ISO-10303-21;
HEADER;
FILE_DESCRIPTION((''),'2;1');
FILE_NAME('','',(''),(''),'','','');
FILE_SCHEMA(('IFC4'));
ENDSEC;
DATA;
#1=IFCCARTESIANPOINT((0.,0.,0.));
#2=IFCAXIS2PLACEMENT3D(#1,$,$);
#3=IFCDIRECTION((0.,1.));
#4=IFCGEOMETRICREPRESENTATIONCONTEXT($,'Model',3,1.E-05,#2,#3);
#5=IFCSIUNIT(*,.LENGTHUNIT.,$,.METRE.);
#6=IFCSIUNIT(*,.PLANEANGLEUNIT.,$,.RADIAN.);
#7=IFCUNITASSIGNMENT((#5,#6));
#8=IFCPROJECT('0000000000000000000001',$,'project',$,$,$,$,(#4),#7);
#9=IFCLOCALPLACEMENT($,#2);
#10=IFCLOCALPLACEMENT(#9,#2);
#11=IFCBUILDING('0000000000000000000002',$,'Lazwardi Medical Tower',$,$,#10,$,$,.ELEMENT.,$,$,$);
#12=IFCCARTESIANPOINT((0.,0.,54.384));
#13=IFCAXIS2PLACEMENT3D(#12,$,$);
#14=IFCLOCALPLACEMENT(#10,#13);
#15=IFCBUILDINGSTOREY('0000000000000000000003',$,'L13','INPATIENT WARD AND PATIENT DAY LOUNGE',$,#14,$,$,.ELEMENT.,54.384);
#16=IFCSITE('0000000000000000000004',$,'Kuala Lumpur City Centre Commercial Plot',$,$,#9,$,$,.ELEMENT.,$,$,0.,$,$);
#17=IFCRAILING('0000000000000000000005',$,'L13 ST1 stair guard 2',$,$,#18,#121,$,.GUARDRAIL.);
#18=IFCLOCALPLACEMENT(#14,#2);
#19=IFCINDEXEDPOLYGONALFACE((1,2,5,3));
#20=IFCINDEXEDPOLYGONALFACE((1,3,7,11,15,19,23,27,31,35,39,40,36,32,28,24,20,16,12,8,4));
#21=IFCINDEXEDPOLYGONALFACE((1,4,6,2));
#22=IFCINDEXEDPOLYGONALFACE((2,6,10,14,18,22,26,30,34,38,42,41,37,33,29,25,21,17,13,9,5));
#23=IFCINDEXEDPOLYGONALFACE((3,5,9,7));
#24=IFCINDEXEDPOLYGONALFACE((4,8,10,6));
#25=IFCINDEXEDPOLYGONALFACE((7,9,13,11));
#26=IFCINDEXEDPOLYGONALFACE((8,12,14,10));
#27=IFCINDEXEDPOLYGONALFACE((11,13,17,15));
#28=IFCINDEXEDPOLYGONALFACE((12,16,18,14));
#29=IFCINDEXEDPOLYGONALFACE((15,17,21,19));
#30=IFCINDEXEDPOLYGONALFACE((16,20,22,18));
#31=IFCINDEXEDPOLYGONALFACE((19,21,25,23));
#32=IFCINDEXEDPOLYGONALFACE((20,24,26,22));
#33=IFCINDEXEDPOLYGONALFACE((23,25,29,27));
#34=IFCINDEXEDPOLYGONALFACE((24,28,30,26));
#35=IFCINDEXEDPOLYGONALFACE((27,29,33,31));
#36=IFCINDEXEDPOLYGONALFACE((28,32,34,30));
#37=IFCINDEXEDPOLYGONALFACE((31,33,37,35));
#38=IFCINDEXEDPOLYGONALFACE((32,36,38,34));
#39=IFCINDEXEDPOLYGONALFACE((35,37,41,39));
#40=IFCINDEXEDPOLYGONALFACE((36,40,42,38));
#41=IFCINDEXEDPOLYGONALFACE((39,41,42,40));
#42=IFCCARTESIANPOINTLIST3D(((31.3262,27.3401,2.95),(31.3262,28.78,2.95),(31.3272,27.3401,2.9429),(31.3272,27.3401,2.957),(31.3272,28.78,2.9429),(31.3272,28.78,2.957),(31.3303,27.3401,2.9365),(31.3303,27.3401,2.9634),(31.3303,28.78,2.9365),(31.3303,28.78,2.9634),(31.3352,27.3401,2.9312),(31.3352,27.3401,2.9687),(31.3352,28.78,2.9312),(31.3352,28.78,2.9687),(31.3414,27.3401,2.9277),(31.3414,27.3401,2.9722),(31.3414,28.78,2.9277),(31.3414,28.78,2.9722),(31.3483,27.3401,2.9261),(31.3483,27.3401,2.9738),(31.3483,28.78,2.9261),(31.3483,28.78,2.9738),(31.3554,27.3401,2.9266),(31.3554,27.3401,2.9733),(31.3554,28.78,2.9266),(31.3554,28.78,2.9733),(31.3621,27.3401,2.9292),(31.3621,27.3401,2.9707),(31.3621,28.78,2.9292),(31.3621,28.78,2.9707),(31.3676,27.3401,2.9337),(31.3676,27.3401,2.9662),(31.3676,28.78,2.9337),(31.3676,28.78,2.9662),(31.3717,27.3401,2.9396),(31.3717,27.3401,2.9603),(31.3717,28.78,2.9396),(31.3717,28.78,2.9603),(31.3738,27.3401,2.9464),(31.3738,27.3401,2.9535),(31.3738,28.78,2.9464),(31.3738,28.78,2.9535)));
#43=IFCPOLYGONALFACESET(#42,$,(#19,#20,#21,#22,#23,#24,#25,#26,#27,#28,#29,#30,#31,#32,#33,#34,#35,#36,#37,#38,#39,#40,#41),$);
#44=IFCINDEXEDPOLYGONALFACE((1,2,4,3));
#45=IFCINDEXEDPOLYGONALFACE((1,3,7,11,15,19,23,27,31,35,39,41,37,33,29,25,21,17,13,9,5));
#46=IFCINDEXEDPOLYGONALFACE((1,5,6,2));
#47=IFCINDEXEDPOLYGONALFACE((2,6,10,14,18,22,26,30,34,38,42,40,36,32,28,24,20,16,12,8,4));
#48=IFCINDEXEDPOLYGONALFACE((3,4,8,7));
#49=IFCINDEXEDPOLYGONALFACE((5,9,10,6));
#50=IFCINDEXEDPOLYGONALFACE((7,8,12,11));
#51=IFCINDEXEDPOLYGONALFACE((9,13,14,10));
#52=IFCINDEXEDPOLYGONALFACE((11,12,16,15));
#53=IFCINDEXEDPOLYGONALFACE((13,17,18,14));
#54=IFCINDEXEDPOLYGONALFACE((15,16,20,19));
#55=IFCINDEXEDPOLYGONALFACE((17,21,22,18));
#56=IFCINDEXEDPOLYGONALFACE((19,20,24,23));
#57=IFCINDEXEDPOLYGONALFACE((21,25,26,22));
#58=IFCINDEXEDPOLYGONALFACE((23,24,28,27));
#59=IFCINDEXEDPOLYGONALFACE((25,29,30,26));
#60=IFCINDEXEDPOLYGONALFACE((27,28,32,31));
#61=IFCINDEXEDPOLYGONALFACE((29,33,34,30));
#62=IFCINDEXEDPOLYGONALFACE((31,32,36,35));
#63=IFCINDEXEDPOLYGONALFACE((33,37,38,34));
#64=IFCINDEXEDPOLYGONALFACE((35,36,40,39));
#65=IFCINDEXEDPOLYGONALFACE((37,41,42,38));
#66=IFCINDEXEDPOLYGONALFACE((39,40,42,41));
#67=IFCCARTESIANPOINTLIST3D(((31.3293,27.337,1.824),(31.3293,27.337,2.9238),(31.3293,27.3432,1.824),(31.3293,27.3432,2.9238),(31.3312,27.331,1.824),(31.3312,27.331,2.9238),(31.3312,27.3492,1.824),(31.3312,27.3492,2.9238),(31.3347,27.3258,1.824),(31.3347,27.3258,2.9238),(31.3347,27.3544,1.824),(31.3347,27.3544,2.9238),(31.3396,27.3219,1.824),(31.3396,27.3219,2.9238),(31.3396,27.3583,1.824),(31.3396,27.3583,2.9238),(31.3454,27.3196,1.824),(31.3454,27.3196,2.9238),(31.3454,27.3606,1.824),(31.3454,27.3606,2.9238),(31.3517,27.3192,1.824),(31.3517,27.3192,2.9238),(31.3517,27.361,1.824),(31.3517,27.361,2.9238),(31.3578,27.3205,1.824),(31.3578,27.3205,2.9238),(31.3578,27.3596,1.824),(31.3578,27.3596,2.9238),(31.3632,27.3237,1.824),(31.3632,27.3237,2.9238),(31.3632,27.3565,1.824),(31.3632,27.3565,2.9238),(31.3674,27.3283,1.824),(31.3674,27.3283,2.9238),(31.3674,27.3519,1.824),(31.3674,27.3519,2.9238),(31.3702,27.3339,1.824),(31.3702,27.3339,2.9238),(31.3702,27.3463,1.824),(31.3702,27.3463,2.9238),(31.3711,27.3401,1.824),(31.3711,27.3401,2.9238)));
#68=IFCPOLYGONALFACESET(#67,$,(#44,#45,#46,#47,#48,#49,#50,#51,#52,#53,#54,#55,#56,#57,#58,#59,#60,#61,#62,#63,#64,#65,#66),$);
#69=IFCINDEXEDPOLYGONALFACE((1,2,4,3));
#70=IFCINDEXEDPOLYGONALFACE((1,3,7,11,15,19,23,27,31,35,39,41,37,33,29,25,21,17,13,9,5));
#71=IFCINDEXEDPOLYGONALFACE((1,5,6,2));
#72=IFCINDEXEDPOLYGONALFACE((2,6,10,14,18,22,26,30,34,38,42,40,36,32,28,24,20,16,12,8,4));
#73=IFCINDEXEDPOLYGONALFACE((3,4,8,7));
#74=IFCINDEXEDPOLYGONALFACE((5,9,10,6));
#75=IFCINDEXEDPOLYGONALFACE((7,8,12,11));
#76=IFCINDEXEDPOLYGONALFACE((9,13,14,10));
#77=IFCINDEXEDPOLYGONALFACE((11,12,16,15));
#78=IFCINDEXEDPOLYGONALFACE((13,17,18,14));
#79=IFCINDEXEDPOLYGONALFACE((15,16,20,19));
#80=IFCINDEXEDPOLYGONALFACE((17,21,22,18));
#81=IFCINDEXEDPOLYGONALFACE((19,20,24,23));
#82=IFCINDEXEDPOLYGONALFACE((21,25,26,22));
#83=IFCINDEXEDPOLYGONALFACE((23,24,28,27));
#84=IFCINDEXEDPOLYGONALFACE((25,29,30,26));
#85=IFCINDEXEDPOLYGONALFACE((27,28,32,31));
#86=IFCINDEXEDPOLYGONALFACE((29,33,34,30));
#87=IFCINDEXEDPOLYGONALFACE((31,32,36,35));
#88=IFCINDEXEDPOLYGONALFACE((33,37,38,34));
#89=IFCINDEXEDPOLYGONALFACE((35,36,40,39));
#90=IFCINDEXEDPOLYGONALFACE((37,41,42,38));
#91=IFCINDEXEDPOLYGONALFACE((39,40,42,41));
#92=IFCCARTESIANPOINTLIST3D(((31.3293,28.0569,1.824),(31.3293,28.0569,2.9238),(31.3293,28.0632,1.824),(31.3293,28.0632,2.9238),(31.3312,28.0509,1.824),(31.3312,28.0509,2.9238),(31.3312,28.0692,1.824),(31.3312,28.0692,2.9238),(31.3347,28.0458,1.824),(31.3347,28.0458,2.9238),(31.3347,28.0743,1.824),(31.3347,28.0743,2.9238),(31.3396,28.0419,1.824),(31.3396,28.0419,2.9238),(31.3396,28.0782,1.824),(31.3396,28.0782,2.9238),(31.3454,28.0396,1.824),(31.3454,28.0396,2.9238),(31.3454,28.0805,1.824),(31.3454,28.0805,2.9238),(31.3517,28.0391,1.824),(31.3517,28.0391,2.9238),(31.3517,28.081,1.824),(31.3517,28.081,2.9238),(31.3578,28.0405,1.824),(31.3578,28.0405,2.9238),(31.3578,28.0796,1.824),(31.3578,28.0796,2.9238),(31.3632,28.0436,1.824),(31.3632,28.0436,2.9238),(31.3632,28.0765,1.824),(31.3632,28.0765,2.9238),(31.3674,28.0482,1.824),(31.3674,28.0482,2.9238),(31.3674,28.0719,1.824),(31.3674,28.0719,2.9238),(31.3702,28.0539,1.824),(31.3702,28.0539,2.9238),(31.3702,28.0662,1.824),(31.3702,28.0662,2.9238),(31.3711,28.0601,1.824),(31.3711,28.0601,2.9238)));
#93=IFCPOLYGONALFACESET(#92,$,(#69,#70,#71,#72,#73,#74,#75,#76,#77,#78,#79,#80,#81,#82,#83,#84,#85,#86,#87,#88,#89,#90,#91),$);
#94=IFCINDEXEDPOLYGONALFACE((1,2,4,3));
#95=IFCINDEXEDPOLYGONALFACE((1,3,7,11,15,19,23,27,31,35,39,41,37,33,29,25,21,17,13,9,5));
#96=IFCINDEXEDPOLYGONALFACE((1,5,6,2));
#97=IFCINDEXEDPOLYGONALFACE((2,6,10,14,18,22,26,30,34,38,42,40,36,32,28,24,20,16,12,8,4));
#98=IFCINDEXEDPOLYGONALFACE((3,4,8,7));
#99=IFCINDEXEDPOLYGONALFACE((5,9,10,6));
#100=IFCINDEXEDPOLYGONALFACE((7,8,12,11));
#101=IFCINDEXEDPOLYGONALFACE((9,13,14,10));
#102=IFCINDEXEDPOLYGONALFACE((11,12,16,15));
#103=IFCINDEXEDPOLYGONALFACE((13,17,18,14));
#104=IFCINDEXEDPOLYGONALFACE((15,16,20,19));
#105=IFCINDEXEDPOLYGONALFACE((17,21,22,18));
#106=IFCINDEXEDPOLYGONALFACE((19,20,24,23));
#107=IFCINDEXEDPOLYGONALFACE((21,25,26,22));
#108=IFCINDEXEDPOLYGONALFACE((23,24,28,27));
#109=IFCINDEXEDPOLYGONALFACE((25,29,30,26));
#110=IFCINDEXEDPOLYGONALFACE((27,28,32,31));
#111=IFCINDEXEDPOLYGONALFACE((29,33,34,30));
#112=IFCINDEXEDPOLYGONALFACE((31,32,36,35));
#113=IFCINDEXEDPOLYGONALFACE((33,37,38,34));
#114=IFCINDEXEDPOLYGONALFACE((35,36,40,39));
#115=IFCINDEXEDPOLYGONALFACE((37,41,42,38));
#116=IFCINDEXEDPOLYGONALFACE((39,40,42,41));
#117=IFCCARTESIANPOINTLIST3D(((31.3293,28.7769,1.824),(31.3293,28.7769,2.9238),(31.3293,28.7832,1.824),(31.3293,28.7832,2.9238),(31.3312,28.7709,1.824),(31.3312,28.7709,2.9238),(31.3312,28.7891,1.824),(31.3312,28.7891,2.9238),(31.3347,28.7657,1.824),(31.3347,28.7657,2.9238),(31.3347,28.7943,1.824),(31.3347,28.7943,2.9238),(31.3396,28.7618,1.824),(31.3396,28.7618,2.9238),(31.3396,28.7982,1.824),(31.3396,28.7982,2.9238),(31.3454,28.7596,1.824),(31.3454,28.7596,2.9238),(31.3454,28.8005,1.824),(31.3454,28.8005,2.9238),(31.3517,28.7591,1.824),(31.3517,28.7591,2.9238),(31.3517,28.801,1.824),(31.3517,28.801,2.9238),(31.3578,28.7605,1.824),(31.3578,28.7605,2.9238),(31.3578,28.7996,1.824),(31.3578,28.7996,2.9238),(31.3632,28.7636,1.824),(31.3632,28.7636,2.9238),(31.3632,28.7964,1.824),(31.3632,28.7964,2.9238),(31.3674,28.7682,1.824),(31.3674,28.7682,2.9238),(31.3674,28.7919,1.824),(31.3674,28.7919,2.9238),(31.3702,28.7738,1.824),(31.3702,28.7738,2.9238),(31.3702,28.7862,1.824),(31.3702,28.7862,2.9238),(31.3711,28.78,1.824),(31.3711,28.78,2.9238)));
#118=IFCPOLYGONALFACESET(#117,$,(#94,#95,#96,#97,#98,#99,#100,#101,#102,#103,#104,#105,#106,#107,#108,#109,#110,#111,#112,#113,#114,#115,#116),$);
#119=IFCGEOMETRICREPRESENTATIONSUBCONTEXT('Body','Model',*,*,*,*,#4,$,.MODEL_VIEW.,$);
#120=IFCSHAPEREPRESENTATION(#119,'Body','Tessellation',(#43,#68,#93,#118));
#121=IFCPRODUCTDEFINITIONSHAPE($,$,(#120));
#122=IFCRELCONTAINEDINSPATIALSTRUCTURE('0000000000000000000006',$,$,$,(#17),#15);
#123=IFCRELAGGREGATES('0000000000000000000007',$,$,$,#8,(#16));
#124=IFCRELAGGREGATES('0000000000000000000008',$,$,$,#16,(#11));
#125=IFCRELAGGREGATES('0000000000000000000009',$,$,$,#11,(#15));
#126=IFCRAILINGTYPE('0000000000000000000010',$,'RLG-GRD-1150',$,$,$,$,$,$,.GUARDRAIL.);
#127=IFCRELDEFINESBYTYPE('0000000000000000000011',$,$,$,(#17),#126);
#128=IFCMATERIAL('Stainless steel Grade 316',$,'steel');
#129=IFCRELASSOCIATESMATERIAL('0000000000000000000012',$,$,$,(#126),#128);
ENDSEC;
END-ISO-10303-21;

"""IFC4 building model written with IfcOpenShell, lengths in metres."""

from ifc_helpers import new_model, si_unit, direction, frame, origin, origin_2d, place, context, subcontext, project, spatial, circle, extrude, material, type_object, element, save


model = new_model("IFC4")

# Units and contexts
model_context = context("Model", 3, precision=1e-05, world=origin(), true_north=direction((0.0, 1.0)))
body_context = subcontext(model_context, "Body", "Model", "MODEL_VIEW")
ifc_project = project(units=[si_unit("LENGTHUNIT", "METRE"), si_unit("PLANEANGLEUNIT", "RADIAN")], contexts=[model_context])

# Site, building, storey
site_placement = place(None, origin())
site = spatial("IfcSite", under=ifc_project, at=site_placement, Name="Kuala Lumpur City Centre Commercial Plot", CompositionType="ELEMENT", RefElevation=0.0)
building_placement = place(site_placement, origin())
building = spatial("IfcBuilding", under=site, at=building_placement, Name="Lazwardi Medical Tower", CompositionType="ELEMENT")
storey_placement = place(building_placement, frame((0.0, 0.0, 54.384)))
storey = spatial("IfcBuildingStorey", under=building, at=storey_placement, Name="L13", Description="INPATIENT WARD AND PATIENT DAY LOUNGE", CompositionType="ELEMENT", Elevation=54.384)

# Railing
ifc_material_1 = material(Name="Stainless steel Grade 316", Category="steel")
railing_type_1 = type_object("IfcRailingType", Name="RLG-GRD-1150", PredefinedType="GUARDRAIL", material=ifc_material_1)
railing_1_placement = place(storey_placement, frame((31.3501, 27.3401, 1.824)))
element("IfcRailing", 1, at=railing_1_placement, inside=storey, type_object=railing_type_1, Name="L13 ST1 stair guard 2", PredefinedType="GUARDRAIL", context=body_context, shape_type="SweptSolid", body=[
    extrude(circle(Radius=0.0239, at=origin_2d()), frame((0.0, 0.0, 1.126), z_axis=(0.0, 1.0, 0.0), x_axis=(-1.0, 0.0, 0.0)), (0.0, 0.0, 1.0), 1.4399),
    extrude(circle(Radius=0.021, at=origin_2d()), origin(), (0.0, 0.0, 1.0), 1.0999),
    extrude(circle(Radius=0.021, at=origin_2d()), frame((0.0, 0.72, 0.0)), (0.0, 0.0, 1.0), 1.0999),
    extrude(circle(Radius=0.021, at=origin_2d()), frame((0.0, 1.4399, 0.0)), (0.0, 0.0, 1.0), 1.0999),
])

save(model, "model.ifc")
